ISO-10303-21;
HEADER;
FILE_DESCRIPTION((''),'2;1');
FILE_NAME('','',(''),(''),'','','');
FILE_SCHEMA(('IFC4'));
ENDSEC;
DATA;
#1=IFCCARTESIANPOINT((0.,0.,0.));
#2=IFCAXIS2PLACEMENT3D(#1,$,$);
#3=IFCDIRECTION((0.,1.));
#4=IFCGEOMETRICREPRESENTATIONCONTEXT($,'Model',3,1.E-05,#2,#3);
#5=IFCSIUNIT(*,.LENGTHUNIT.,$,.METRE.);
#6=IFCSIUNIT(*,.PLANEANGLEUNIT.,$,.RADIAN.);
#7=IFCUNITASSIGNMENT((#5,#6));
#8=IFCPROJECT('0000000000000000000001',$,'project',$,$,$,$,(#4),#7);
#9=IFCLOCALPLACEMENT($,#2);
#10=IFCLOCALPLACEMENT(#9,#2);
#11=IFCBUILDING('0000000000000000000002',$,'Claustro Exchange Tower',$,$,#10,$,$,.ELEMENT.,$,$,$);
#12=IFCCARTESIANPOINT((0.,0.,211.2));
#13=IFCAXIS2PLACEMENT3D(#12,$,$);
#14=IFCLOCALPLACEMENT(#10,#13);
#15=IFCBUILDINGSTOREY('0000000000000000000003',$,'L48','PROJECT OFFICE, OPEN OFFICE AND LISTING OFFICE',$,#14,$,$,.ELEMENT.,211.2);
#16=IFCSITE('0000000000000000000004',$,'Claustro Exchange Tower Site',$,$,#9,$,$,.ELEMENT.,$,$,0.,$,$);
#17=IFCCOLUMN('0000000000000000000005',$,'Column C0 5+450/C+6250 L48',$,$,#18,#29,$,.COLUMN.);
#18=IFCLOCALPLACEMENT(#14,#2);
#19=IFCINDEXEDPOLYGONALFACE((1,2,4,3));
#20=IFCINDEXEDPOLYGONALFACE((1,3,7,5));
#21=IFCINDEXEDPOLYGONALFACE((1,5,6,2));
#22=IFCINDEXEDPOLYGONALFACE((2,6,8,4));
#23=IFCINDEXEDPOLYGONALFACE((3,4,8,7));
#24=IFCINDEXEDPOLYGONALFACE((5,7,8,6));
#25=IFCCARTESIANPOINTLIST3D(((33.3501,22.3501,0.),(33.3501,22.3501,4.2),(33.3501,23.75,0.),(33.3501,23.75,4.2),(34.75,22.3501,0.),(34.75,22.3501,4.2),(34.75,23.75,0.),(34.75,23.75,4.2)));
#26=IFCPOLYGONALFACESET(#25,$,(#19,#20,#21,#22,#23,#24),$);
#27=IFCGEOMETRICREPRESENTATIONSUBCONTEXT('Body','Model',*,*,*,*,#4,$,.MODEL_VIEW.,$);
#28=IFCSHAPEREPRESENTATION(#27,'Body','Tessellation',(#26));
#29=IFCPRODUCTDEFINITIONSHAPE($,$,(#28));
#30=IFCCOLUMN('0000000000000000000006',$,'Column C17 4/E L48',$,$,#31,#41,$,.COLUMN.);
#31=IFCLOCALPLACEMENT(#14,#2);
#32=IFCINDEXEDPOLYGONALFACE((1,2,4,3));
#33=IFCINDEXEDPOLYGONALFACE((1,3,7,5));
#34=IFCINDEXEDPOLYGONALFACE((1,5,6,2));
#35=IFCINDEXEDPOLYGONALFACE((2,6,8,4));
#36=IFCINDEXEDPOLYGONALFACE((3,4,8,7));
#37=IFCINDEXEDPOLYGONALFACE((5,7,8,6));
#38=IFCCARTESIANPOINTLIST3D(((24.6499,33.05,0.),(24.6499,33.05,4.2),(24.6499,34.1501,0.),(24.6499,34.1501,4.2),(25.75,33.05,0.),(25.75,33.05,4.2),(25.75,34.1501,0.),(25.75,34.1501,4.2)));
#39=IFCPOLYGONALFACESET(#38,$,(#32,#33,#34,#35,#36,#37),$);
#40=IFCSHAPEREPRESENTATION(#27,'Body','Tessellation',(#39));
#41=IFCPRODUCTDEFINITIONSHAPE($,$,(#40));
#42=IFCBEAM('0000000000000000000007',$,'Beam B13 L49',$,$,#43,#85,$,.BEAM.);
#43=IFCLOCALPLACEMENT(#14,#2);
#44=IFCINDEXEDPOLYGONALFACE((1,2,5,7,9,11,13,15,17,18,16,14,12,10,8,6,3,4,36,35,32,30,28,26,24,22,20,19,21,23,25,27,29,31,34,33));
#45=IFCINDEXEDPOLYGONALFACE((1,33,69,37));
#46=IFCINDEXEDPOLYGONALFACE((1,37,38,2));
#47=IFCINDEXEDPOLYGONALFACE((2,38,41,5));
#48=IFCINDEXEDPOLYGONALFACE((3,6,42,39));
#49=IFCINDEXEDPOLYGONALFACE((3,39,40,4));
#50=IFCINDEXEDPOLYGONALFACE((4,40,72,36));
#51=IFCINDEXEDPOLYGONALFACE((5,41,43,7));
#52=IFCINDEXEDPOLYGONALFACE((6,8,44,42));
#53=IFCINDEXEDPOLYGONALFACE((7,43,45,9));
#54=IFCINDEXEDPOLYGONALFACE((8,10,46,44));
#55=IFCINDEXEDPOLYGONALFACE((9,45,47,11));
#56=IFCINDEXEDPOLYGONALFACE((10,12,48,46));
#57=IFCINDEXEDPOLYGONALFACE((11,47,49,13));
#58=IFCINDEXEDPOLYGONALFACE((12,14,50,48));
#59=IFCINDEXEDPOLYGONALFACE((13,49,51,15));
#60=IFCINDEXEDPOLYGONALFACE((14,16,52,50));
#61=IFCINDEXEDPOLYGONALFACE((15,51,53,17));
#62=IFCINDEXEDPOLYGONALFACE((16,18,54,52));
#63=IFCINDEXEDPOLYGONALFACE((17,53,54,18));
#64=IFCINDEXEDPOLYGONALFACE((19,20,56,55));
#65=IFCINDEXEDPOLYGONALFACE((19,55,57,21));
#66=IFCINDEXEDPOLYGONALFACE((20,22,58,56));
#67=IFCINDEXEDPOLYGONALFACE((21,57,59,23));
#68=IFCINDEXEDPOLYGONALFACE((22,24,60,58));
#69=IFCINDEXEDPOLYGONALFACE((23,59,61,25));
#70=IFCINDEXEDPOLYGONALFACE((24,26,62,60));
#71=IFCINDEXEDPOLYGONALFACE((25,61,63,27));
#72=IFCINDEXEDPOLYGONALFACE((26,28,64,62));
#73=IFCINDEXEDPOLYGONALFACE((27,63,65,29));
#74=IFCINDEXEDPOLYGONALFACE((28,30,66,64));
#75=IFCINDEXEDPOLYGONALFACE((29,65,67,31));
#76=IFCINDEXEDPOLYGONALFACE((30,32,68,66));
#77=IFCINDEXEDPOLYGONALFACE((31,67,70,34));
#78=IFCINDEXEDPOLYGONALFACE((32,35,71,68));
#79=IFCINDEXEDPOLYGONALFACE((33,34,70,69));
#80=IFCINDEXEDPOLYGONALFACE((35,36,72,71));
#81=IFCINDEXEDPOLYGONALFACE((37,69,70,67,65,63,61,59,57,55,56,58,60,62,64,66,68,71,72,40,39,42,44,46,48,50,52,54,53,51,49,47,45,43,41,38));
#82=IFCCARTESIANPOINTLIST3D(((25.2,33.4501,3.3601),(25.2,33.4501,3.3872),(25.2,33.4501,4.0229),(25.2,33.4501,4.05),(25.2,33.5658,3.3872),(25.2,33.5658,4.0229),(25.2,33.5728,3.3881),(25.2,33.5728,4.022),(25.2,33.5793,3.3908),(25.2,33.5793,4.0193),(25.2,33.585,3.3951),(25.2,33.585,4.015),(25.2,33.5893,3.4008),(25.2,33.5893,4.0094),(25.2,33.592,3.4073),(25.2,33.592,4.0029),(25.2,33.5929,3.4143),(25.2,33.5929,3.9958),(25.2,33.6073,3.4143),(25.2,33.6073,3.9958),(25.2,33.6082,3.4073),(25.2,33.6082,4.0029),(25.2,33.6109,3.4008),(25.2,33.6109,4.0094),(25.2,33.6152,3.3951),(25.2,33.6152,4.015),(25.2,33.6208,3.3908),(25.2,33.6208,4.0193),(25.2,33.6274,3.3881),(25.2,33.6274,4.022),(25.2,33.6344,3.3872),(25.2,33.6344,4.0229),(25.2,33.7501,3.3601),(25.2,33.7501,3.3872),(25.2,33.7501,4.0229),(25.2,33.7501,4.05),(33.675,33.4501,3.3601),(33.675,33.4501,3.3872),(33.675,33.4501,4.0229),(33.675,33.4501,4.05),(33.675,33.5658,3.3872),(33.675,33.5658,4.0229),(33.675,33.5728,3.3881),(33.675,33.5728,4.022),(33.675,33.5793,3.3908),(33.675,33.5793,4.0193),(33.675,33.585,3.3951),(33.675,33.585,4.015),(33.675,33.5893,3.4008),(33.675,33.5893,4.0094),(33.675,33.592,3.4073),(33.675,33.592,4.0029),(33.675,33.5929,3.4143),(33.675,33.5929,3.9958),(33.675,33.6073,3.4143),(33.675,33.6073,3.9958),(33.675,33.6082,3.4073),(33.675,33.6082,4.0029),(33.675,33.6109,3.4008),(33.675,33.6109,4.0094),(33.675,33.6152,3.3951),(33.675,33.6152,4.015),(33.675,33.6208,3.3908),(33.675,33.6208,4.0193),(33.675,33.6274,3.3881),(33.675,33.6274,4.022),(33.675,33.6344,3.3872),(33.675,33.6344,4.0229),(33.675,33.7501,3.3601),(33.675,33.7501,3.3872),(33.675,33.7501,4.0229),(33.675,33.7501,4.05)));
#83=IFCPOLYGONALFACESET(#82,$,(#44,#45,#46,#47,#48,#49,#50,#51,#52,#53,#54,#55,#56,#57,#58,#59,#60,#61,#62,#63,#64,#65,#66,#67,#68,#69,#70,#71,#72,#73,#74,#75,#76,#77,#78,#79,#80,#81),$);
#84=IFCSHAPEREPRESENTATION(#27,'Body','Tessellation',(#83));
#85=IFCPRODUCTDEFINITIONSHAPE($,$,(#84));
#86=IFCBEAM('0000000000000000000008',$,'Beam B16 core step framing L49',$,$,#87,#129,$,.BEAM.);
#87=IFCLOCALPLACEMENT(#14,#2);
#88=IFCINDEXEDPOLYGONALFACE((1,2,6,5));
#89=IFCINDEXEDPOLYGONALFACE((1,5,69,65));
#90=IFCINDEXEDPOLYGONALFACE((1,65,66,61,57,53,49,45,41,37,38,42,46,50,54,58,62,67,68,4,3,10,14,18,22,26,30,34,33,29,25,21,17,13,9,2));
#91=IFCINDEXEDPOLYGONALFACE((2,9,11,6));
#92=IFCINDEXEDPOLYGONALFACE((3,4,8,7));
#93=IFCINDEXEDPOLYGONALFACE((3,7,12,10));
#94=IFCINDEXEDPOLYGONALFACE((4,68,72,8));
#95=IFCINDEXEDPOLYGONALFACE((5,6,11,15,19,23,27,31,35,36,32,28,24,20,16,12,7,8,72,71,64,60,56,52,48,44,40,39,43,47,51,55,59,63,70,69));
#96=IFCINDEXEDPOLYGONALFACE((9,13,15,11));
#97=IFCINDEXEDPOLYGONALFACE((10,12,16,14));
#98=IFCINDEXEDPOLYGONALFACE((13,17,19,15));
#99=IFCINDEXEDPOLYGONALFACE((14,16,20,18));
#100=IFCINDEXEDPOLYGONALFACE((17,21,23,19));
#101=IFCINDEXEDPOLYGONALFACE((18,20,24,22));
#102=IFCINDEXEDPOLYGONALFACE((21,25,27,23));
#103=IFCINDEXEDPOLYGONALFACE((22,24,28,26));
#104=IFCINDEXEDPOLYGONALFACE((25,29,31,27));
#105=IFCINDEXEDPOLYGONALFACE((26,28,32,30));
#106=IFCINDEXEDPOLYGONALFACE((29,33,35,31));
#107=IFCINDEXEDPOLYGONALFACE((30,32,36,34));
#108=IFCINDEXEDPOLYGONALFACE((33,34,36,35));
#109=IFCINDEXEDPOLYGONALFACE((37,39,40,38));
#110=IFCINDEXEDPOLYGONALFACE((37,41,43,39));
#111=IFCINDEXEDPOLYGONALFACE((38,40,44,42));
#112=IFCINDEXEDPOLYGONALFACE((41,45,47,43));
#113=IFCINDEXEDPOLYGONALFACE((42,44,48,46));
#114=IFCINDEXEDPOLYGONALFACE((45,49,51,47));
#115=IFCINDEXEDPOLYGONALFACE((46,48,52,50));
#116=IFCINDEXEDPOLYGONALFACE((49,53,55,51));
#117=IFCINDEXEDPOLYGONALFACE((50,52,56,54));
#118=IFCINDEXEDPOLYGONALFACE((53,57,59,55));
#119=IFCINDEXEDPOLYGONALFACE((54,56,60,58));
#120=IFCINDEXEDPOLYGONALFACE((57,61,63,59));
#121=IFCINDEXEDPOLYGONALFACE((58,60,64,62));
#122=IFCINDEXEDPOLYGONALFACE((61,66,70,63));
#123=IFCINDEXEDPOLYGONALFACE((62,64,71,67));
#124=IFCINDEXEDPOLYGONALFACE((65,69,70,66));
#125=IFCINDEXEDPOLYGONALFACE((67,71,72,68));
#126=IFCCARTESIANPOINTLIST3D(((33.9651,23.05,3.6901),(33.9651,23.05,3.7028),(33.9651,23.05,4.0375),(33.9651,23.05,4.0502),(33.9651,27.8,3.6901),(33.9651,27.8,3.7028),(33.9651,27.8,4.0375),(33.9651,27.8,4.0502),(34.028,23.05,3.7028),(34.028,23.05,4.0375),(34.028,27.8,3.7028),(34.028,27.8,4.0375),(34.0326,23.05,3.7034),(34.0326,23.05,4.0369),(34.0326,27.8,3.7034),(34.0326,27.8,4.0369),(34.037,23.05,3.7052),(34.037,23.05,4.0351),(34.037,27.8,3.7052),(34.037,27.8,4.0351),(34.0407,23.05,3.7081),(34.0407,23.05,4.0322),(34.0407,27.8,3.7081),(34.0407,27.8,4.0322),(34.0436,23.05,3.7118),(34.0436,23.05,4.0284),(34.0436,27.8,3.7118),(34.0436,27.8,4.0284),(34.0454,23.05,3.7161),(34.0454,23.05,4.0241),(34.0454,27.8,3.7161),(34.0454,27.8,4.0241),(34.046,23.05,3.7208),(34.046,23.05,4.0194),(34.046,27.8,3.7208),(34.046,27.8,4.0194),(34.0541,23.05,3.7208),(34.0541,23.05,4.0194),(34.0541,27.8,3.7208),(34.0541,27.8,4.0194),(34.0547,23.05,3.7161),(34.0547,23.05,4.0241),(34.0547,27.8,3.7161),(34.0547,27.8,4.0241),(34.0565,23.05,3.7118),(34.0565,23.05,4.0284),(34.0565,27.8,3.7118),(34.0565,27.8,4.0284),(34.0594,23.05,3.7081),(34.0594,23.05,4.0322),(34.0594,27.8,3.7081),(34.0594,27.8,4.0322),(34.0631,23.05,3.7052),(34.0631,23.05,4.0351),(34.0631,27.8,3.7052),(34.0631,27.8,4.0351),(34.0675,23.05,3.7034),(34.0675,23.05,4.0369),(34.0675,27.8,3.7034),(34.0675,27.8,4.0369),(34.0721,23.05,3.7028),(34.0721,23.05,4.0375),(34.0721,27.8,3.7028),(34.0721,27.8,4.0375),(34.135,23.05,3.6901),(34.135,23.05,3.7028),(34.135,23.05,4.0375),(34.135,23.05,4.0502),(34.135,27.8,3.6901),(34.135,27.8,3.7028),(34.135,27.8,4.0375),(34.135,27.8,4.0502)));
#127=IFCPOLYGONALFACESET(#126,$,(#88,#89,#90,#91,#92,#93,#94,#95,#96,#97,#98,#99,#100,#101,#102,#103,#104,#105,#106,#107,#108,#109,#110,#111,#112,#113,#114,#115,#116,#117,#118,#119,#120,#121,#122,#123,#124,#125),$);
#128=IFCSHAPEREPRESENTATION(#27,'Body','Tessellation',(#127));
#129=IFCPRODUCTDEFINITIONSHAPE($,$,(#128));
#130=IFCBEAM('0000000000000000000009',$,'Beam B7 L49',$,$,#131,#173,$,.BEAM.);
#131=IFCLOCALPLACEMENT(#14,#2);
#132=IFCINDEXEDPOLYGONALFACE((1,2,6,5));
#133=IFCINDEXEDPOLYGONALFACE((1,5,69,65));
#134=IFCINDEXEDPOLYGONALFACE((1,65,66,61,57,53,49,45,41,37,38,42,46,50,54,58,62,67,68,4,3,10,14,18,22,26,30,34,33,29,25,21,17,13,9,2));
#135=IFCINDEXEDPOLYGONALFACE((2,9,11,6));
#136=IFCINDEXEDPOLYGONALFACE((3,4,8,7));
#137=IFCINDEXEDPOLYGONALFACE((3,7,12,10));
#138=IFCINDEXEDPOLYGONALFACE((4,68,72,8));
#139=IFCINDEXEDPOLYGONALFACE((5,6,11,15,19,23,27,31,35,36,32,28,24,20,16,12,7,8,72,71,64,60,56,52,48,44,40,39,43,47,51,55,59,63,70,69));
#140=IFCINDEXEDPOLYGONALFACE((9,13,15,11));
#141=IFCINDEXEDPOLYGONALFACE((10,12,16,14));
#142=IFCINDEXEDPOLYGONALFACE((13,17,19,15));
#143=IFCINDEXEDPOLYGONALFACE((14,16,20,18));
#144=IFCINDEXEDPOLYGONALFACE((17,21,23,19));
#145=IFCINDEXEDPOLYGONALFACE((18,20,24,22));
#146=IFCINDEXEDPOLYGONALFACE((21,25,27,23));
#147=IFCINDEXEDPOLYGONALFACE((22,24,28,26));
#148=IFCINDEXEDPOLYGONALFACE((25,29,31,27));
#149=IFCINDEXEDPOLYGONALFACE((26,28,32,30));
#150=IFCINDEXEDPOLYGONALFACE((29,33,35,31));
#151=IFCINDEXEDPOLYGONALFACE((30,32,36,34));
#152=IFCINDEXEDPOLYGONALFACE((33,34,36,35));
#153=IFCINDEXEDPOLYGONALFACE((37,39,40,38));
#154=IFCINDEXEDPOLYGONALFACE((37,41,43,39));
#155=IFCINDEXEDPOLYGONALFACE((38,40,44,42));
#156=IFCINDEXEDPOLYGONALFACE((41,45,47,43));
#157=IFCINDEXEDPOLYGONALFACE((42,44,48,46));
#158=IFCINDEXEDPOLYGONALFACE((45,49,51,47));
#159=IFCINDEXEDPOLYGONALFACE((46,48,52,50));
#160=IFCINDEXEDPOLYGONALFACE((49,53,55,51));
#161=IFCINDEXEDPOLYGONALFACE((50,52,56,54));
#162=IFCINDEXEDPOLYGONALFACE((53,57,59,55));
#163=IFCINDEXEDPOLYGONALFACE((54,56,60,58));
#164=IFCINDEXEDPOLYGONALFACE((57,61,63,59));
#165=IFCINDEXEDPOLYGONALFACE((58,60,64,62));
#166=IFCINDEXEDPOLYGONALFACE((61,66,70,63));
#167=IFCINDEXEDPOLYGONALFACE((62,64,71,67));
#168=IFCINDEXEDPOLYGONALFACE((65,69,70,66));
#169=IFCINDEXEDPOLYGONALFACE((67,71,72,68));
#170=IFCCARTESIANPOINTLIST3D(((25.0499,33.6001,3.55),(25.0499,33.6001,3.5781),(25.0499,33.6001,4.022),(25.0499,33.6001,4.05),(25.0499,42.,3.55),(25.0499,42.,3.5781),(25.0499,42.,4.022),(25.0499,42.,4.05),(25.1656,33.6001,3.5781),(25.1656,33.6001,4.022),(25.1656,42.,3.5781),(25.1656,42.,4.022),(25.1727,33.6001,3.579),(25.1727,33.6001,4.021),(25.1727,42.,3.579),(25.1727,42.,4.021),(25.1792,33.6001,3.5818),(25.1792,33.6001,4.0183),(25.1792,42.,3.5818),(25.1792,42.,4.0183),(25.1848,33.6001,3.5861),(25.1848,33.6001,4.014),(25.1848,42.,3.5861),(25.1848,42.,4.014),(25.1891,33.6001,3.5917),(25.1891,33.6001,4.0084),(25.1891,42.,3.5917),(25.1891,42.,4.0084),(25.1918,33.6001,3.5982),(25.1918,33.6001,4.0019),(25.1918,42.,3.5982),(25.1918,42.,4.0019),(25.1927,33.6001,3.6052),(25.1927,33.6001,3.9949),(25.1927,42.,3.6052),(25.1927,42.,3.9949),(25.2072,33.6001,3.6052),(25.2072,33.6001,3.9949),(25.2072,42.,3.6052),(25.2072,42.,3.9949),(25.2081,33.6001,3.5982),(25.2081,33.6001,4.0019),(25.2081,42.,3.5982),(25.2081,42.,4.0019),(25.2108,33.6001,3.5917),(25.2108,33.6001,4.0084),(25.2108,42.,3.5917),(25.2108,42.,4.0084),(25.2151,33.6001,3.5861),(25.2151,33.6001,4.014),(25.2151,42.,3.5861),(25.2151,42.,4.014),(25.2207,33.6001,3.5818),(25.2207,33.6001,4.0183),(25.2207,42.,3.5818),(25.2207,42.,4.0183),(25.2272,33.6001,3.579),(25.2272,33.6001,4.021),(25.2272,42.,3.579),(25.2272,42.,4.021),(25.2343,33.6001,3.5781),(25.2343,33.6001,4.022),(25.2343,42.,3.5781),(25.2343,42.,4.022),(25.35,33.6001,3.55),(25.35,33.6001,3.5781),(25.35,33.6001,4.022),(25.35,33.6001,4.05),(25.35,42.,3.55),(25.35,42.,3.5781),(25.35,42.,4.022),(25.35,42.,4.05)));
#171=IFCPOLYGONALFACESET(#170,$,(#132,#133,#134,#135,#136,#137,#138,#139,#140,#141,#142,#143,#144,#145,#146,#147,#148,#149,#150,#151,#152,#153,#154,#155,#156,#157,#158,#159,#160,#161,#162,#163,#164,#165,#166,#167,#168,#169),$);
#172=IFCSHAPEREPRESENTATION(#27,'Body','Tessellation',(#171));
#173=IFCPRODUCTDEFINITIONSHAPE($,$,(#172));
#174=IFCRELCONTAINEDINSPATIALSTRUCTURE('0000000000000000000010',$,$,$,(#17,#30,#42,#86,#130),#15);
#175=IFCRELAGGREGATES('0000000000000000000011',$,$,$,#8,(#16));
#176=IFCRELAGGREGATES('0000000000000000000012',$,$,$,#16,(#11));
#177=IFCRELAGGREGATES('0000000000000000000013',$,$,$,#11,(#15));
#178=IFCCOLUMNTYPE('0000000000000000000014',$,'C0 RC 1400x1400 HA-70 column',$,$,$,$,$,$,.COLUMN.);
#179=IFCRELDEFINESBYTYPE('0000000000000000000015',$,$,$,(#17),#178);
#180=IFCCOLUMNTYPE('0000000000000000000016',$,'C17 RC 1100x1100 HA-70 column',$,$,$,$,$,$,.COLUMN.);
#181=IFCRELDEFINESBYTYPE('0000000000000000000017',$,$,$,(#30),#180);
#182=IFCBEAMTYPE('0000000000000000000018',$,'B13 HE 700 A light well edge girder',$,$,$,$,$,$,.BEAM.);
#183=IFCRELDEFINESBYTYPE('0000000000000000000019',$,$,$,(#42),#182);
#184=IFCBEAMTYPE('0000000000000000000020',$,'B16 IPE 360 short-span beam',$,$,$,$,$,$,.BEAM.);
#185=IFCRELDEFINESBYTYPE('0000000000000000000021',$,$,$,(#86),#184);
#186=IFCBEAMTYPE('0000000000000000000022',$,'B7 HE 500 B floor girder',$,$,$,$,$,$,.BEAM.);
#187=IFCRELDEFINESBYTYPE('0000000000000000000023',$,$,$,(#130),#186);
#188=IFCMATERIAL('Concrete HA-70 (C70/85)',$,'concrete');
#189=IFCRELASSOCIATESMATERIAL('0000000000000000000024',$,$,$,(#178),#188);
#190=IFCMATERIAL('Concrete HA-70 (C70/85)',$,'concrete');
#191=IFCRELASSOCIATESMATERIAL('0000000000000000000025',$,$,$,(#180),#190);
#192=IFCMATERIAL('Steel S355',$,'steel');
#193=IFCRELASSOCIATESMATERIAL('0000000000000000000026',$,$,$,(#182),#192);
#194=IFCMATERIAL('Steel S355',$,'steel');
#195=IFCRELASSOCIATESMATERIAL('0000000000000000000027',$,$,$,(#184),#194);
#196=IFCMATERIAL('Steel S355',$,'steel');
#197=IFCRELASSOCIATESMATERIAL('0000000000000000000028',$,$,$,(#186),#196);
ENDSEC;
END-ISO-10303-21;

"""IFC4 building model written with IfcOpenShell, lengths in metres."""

from ifc_helpers import new_model, si_unit, direction, frame, origin, origin_2d, place, context, subcontext, project, spatial, rectangle, i_section, extrude, material, material_profile, profile_set, type_object, element, save


model = new_model("IFC4")

# Units and contexts
model_context = context("Model", 3, precision=1e-05, world=origin(), true_north=direction((0.0, 1.0)))
body_context = subcontext(model_context, "Body", "Model", "MODEL_VIEW")
ifc_project = project(units=[si_unit("LENGTHUNIT", "METRE"), si_unit("PLANEANGLEUNIT", "RADIAN")], contexts=[model_context])

# Site, building, storey
site_placement = place(None, origin())
site = spatial("IfcSite", under=ifc_project, at=site_placement, Name="Claustro Exchange Tower Site", CompositionType="ELEMENT", RefElevation=0.0)
building_placement = place(site_placement, origin())
building = spatial("IfcBuilding", under=site, at=building_placement, Name="Claustro Exchange Tower", CompositionType="ELEMENT")
storey_placement = place(building_placement, frame((0.0, 0.0, 211.2)))
storey = spatial("IfcBuildingStorey", under=building, at=storey_placement, Name="L48", Description="PROJECT OFFICE, OPEN OFFICE AND LISTING OFFICE", CompositionType="ELEMENT", Elevation=211.2)

# Columns
ifc_material_1 = material(Name="Concrete HA-70 (C70/85)", Category="concrete")
ifc_material_profile_1 = material_profile(ifc_material_1, rectangle(XDim=1.3999, YDim=1.3999, at=origin_2d()), Name="RC 1400x1400")
ifc_profile_set_1 = profile_set([ifc_material_profile_1], Name="Concrete HA-70 (C70/85)")
column_type_1 = type_object("IfcColumnType", Name="C0 RC 1400x1400 HA-70 column", PredefinedType="COLUMN", material=ifc_profile_set_1)
column_1_placement = place(storey_placement, frame((34.05, 23.05, 0.0), z_axis=(0.0, 0.0, 1.0), x_axis=(1.0, 0.0, 0.0)))
element("IfcColumn", 1, at=column_1_placement, inside=storey, type_object=column_type_1, Name="Column C0 5+450/C+6250 L48", PredefinedType="COLUMN", context=body_context, shape_type="SweptSolid", body=[
    extrude(rectangle(XDim=1.3999, YDim=1.3999, at=origin_2d()), origin(), (0.0, 0.0, 1.0), 4.2),
])
ifc_material_2 = material(Name="Concrete HA-70 (C70/85)", Category="concrete")
ifc_material_profile_2 = material_profile(ifc_material_2, rectangle(XDim=1.1001, YDim=1.1001, at=origin_2d()), Name="RC 1100x1100")
ifc_profile_set_2 = profile_set([ifc_material_profile_2], Name="Concrete HA-70 (C70/85)")
column_type_2 = type_object("IfcColumnType", Name="C17 RC 1100x1100 HA-70 column", PredefinedType="COLUMN", material=ifc_profile_set_2)
column_2_placement = place(storey_placement, frame((25.2, 33.6001, 0.0), z_axis=(0.0, 0.0, 1.0), x_axis=(1.0, 0.0, 0.0)))
element("IfcColumn", 2, at=column_2_placement, inside=storey, type_object=column_type_2, Name="Column C17 4/E L48", PredefinedType="COLUMN", context=body_context, shape_type="SweptSolid", body=[
    extrude(rectangle(XDim=1.1001, YDim=1.1001, at=origin_2d()), origin(), (0.0, 0.0, 1.0), 4.2),
])

# Beams
ifc_material_3 = material(Name="Steel S355", Category="steel")
ifc_material_profile_3 = material_profile(ifc_material_3, i_section(OverallWidth=0.3, OverallDepth=0.6899, WebThickness=0.0144, FlangeThickness=0.0271, FilletRadius=0.0271, at=origin_2d()), Name="HE 700 A")
ifc_profile_set_3 = profile_set([ifc_material_profile_3], Name="Steel S355")
beam_type_1 = type_object("IfcBeamType", Name="B13 HE 700 A light well edge girder", PredefinedType="BEAM", material=ifc_profile_set_3)
beam_1_placement = place(storey_placement, frame((25.2, 33.6001, 3.7051), z_axis=(1.0, 0.0, 0.0), x_axis=(0.0, 1.0, 0.0)))
element("IfcBeam", 3, at=beam_1_placement, inside=storey, type_object=beam_type_1, Name="Beam B13 L49", PredefinedType="BEAM", context=body_context, shape_type="SweptSolid", body=[
    extrude(i_section(OverallWidth=0.3, OverallDepth=0.6899, WebThickness=0.0144, FlangeThickness=0.0271, FilletRadius=0.0271, at=origin_2d()), origin(), (0.0, 0.0, 1.0), 8.4751),
])
ifc_material_4 = material(Name="Steel S355", Category="steel")
ifc_material_profile_4 = material_profile(ifc_material_4, i_section(OverallWidth=0.1699, OverallDepth=0.3601, WebThickness=0.0081, FlangeThickness=0.0127, FilletRadius=0.0181, at=origin_2d()), Name="IPE 360")
ifc_profile_set_4 = profile_set([ifc_material_profile_4], Name="Steel S355")
beam_type_2 = type_object("IfcBeamType", Name="B16 IPE 360 short-span beam", PredefinedType="BEAM", material=ifc_profile_set_4)
beam_2_placement = place(storey_placement, frame((34.05, 23.05, 3.8701), z_axis=(0.0, 1.0, 0.0), x_axis=(-1.0, 0.0, 0.0)))
element("IfcBeam", 4, at=beam_2_placement, inside=storey, type_object=beam_type_2, Name="Beam B16 core step framing L49", PredefinedType="BEAM", context=body_context, shape_type="SweptSolid", body=[
    extrude(i_section(OverallWidth=0.1699, OverallDepth=0.3601, WebThickness=0.0081, FlangeThickness=0.0127, FilletRadius=0.0181, at=origin_2d()), origin(), (0.0, 0.0, 1.0), 4.75),
])
ifc_material_5 = material(Name="Steel S355", Category="steel")
ifc_material_profile_5 = material_profile(ifc_material_5, i_section(OverallWidth=0.3, OverallDepth=0.5, WebThickness=0.0144, FlangeThickness=0.0281, FilletRadius=0.0271, at=origin_2d()), Name="HE 500 B")
ifc_profile_set_5 = profile_set([ifc_material_profile_5], Name="Steel S355")
beam_type_3 = type_object("IfcBeamType", Name="B7 HE 500 B floor girder", PredefinedType="BEAM", material=ifc_profile_set_5)
beam_3_placement = place(storey_placement, frame((25.2, 33.6001, 3.8), z_axis=(0.0, 1.0, 0.0), x_axis=(-1.0, 0.0, 0.0)))
element("IfcBeam", 5, at=beam_3_placement, inside=storey, type_object=beam_type_3, Name="Beam B7 L49", PredefinedType="BEAM", context=body_context, shape_type="SweptSolid", body=[
    extrude(i_section(OverallWidth=0.3, OverallDepth=0.5, WebThickness=0.0144, FlangeThickness=0.0281, FilletRadius=0.0271, at=origin_2d()), origin(), (0.0, 0.0, 1.0), 8.3999),
])

save(model, "model.ifc")
